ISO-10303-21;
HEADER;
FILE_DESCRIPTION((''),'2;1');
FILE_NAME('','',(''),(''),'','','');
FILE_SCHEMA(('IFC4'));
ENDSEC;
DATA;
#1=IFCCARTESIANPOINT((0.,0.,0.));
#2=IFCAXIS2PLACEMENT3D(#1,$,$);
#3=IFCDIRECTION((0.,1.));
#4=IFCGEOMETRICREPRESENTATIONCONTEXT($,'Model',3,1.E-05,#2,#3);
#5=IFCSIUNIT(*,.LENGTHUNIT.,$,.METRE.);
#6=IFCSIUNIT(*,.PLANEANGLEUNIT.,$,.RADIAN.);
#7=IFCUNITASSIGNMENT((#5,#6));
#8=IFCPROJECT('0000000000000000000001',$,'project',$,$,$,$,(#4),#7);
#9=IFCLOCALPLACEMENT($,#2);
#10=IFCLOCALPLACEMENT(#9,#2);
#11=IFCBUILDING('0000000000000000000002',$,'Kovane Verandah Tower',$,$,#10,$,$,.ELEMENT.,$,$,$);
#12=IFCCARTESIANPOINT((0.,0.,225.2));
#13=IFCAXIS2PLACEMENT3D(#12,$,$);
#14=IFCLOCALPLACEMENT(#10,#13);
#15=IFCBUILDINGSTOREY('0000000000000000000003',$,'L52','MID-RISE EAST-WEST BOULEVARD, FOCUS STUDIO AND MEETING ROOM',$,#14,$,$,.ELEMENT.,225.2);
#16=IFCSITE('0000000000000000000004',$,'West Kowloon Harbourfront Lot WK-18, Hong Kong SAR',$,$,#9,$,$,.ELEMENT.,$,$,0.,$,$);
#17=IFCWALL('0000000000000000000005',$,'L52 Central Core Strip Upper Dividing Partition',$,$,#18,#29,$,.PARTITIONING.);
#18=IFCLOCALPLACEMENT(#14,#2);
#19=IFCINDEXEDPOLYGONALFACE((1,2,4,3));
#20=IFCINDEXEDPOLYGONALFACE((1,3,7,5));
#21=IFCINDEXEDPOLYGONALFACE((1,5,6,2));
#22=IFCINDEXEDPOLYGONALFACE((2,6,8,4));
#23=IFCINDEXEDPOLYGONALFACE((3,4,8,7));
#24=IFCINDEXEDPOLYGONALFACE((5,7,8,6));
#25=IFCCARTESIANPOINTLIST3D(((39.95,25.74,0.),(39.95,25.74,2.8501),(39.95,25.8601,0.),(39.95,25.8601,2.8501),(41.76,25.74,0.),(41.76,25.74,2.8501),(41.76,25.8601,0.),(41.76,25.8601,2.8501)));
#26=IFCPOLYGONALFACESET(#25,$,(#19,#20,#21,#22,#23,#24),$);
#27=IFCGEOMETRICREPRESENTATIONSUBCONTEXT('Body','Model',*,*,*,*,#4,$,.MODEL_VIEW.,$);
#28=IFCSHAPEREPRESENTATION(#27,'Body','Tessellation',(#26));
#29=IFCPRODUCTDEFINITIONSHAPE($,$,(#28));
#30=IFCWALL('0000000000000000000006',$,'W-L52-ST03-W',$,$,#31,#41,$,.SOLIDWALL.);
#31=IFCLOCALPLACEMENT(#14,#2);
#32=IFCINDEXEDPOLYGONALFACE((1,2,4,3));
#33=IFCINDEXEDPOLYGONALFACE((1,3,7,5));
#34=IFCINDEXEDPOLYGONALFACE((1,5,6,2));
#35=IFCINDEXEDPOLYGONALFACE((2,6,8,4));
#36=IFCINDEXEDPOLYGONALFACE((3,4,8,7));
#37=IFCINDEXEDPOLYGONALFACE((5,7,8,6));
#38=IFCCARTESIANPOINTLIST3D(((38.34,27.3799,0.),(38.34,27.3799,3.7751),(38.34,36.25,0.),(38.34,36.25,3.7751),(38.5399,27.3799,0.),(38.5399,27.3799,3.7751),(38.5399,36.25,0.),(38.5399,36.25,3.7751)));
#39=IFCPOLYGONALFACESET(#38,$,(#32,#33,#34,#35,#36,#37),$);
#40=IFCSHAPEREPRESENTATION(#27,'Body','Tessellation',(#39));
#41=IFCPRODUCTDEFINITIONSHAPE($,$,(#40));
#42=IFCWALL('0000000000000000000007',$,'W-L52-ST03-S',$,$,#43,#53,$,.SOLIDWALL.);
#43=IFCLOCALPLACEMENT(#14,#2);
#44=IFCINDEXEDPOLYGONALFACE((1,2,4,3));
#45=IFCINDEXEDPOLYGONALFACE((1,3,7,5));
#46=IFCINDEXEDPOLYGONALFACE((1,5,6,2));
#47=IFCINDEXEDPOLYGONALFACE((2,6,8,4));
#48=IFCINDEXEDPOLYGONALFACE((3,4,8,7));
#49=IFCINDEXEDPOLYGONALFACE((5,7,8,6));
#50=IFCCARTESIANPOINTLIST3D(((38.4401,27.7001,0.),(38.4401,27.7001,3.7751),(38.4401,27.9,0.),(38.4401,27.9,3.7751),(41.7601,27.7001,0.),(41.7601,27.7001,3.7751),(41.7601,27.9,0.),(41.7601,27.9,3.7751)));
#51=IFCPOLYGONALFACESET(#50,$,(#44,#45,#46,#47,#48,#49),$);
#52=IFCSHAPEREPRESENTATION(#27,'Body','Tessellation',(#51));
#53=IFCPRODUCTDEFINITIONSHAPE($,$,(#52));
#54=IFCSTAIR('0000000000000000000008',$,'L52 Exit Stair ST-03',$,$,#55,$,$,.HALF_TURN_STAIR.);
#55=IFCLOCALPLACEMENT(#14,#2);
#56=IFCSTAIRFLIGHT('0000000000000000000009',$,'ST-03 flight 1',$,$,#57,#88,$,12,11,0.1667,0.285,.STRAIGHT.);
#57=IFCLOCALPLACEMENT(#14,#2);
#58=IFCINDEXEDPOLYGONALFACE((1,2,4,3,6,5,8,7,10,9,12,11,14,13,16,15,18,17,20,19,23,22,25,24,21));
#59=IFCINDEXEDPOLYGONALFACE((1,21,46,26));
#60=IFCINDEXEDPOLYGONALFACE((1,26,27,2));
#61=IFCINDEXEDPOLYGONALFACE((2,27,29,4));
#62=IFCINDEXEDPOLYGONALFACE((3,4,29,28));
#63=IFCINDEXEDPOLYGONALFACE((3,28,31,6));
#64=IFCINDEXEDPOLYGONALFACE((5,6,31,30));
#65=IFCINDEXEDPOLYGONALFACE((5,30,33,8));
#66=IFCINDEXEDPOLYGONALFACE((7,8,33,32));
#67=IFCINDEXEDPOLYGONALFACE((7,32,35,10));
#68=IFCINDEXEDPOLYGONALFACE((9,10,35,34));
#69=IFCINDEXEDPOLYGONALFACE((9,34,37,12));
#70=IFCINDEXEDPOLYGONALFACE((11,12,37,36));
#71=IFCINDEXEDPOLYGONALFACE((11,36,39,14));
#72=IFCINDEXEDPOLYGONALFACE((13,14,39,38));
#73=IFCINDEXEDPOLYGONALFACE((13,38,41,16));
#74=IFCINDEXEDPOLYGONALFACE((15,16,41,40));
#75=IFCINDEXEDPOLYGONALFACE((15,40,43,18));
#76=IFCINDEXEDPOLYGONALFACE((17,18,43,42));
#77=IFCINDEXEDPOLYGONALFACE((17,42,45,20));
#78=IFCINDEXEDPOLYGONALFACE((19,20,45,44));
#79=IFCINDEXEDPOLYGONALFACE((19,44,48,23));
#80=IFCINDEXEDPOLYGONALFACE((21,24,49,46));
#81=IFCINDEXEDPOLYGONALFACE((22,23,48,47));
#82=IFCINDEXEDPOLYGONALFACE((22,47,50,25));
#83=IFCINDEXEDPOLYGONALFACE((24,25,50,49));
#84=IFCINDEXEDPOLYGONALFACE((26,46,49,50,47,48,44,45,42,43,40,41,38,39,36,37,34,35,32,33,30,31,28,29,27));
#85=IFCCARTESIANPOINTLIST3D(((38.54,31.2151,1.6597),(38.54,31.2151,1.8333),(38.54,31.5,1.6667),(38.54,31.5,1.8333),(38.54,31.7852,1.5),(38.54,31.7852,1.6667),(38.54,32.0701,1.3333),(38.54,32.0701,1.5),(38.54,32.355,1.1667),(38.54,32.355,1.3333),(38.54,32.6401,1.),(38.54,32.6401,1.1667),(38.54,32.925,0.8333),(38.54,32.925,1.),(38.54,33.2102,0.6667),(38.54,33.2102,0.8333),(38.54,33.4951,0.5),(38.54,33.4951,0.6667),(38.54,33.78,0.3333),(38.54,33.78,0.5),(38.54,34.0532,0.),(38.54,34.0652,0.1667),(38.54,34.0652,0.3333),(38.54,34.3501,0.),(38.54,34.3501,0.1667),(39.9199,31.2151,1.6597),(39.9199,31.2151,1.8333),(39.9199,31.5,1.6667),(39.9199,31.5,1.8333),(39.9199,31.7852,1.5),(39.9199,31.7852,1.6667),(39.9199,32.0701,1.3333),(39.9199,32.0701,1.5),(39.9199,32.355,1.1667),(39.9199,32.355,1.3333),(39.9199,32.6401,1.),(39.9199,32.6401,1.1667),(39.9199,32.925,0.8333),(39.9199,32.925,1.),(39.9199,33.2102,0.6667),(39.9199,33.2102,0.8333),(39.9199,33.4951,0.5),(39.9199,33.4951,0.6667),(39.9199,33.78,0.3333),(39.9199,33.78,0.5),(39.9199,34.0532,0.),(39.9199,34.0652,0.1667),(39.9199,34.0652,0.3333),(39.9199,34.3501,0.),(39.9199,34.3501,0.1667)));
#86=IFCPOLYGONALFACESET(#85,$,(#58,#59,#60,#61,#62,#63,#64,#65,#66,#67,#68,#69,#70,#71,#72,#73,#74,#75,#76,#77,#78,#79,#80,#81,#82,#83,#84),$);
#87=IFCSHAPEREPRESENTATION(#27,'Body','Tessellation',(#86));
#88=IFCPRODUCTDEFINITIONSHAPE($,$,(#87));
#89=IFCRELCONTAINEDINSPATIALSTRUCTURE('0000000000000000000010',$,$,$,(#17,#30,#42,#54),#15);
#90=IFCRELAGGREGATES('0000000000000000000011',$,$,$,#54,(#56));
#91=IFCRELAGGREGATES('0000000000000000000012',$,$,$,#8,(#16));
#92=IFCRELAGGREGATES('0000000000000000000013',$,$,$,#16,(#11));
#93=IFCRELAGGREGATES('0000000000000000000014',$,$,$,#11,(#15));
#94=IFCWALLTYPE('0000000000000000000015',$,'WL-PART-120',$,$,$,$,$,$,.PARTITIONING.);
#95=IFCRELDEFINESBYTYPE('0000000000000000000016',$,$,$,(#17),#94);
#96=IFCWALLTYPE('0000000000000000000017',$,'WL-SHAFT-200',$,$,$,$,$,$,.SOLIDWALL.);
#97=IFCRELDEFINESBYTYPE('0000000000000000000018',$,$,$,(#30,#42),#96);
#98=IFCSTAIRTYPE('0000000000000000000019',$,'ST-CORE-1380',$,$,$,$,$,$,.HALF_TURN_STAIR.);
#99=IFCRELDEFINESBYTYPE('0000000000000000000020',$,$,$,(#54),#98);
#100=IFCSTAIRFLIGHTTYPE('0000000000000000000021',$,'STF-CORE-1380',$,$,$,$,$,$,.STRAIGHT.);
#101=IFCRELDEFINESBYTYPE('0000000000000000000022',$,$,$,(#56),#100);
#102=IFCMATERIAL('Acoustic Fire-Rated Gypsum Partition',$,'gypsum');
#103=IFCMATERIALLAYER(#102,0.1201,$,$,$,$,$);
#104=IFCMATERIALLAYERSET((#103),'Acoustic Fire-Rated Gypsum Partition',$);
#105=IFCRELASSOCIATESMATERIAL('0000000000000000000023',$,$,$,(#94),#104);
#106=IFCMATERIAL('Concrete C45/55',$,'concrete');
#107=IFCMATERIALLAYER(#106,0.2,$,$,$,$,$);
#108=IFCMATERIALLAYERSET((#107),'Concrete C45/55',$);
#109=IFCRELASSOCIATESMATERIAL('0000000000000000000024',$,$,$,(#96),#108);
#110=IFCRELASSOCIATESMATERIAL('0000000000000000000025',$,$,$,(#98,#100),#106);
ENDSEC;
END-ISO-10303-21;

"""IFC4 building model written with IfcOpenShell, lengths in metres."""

from ifc_helpers import new_model, si_unit, direction, frame, frame_2d, origin, place, context, subcontext, project, spatial, polyline, rectangle, outline, extrude, material, layer, layer_set, type_object, element, aggregate, save


model = new_model("IFC4")

# Units and contexts
model_context = context("Model", 3, precision=1e-05, world=origin(), true_north=direction((0.0, 1.0)))
body_context = subcontext(model_context, "Body", "Model", "MODEL_VIEW")
ifc_project = project(units=[si_unit("LENGTHUNIT", "METRE"), si_unit("PLANEANGLEUNIT", "RADIAN")], contexts=[model_context])

# Site, building, storey
site_placement = place(None, origin())
site = spatial("IfcSite", under=ifc_project, at=site_placement, Name="West Kowloon Harbourfront Lot WK-18, Hong Kong SAR", CompositionType="ELEMENT", RefElevation=0.0)
building_placement = place(site_placement, origin())
building = spatial("IfcBuilding", under=site, at=building_placement, Name="Kovane Verandah Tower", CompositionType="ELEMENT")
storey_placement = place(building_placement, frame((0.0, 0.0, 225.2)))
storey = spatial("IfcBuildingStorey", under=building, at=storey_placement, Name="L52", Description="MID-RISE EAST-WEST BOULEVARD, FOCUS STUDIO AND MEETING ROOM", CompositionType="ELEMENT", Elevation=225.2)

# Walls
ifc_material_1 = material(Name="Acoustic Fire-Rated Gypsum Partition", Category="gypsum")
ifc_layer_1 = layer(ifc_material_1, 0.1201)
ifc_layer_set_1 = layer_set([ifc_layer_1], Name="Acoustic Fire-Rated Gypsum Partition")
wall_type_1 = type_object("IfcWallType", Name="WL-PART-120", PredefinedType="PARTITIONING", material=ifc_layer_set_1)
wall_1_placement = place(storey_placement, frame((39.95, 25.8, 0.0), z_axis=(0.0, 0.0, 1.0), x_axis=(1.0, 0.0, 0.0)))
element("IfcWall", 1, at=wall_1_placement, inside=storey, type_object=wall_type_1, Name="L52 Central Core Strip Upper Dividing Partition", PredefinedType="PARTITIONING", context=body_context, shape_type="SweptSolid", body=[
    extrude(rectangle(XDim=1.8101, YDim=0.1201, at=frame_2d((0.905, 0.0))), origin(), (0.0, 0.0, 1.0), 2.8501),
])
ifc_material_2 = material(Name="Concrete C45/55", Category="concrete")
ifc_layer_2 = layer(ifc_material_2, 0.2)
ifc_layer_set_2 = layer_set([ifc_layer_2], Name="Concrete C45/55")
wall_type_2 = type_object("IfcWallType", Name="WL-SHAFT-200", PredefinedType="SOLIDWALL", material=ifc_layer_set_2)
wall_2_placement = place(storey_placement, frame((38.4399, 27.3799, 0.0), z_axis=(0.0, 0.0, 1.0), x_axis=(0.0, 1.0, 0.0)))
element("IfcWall", 2, at=wall_2_placement, inside=storey, type_object=wall_type_2, Name="W-L52-ST03-W", PredefinedType="SOLIDWALL", context=body_context, shape_type="SweptSolid", body=[
    extrude(rectangle(XDim=8.8701, YDim=0.2, at=frame_2d((4.4351, 0.0))), origin(), (0.0, 0.0, 1.0), 3.7751),
])
wall_3_placement = place(storey_placement, frame((38.4399, 27.8, 0.0), z_axis=(0.0, 0.0, 1.0), x_axis=(1.0, 0.0, 0.0)))
element("IfcWall", 3, at=wall_3_placement, inside=storey, type_object=wall_type_2, Name="W-L52-ST03-S", PredefinedType="SOLIDWALL", context=body_context, shape_type="SweptSolid", body=[
    extrude(rectangle(XDim=3.3201, YDim=0.2, at=frame_2d((1.6602, 0.0))), origin(), (0.0, 0.0, 1.0), 3.7751),
])

# Stair, stair flight
stair_type = type_object("IfcStairType", Name="ST-CORE-1380", PredefinedType="HALF_TURN_STAIR", material=ifc_material_2)
stair_placement = place(storey_placement, origin())
stair = element("IfcStair", 4, at=stair_placement, inside=storey, type_object=stair_type, Name="L52 Exit Stair ST-03", PredefinedType="HALF_TURN_STAIR")
stair_flight_type = type_object("IfcStairFlightType", Name="STF-CORE-1380", PredefinedType="STRAIGHT", material=ifc_material_2)
stair_flight_placement = place(storey_placement, frame((39.23, 34.3501, 0.0), z_axis=(0.0, 0.0, 1.0), x_axis=(0.0, -1.0, 0.0)))
stair_flight = element("IfcStairFlight", 5, at=stair_flight_placement, type_object=stair_flight_type, Name="ST-03 flight 1", NumberOfRisers=12, NumberOfTreads=11, PredefinedType="STRAIGHT", RiserHeight=0.1667, TreadLength=0.285, context=body_context, shape_type="SweptSolid", body=[
    extrude(outline(polyline([(0.0, 0.0), (0.0, 0.1667), (0.2849, 0.1667), (0.2849, 0.3333), (0.5701, 0.3333), (0.5701, 0.5), (0.855, 0.5), (0.855, 0.6667), (1.1399, 0.6667), (1.1399, 0.8333), (1.425, 0.8333), (1.425, 1.0), (1.71, 1.0), (1.71, 1.1667), (1.9951, 1.1667), (1.9951, 1.3333), (2.28, 1.3333), (2.28, 1.5), (2.5649, 1.5), (2.5649, 1.6667), (2.8501, 1.6667), (2.8501, 1.8333), (3.135, 1.8333), (3.135, 2.0), (3.135, 1.6597), (0.2969, 0.0), (0.0, 0.0)])), frame((0.0, 0.6899, 0.0), z_axis=(0.0, -1.0, 0.0), x_axis=(1.0, 0.0, 0.0)), (0.0, 0.0, 1.0), 1.3799),
])
aggregate(stair, [stair_flight])

save(model, "model.ifc")
